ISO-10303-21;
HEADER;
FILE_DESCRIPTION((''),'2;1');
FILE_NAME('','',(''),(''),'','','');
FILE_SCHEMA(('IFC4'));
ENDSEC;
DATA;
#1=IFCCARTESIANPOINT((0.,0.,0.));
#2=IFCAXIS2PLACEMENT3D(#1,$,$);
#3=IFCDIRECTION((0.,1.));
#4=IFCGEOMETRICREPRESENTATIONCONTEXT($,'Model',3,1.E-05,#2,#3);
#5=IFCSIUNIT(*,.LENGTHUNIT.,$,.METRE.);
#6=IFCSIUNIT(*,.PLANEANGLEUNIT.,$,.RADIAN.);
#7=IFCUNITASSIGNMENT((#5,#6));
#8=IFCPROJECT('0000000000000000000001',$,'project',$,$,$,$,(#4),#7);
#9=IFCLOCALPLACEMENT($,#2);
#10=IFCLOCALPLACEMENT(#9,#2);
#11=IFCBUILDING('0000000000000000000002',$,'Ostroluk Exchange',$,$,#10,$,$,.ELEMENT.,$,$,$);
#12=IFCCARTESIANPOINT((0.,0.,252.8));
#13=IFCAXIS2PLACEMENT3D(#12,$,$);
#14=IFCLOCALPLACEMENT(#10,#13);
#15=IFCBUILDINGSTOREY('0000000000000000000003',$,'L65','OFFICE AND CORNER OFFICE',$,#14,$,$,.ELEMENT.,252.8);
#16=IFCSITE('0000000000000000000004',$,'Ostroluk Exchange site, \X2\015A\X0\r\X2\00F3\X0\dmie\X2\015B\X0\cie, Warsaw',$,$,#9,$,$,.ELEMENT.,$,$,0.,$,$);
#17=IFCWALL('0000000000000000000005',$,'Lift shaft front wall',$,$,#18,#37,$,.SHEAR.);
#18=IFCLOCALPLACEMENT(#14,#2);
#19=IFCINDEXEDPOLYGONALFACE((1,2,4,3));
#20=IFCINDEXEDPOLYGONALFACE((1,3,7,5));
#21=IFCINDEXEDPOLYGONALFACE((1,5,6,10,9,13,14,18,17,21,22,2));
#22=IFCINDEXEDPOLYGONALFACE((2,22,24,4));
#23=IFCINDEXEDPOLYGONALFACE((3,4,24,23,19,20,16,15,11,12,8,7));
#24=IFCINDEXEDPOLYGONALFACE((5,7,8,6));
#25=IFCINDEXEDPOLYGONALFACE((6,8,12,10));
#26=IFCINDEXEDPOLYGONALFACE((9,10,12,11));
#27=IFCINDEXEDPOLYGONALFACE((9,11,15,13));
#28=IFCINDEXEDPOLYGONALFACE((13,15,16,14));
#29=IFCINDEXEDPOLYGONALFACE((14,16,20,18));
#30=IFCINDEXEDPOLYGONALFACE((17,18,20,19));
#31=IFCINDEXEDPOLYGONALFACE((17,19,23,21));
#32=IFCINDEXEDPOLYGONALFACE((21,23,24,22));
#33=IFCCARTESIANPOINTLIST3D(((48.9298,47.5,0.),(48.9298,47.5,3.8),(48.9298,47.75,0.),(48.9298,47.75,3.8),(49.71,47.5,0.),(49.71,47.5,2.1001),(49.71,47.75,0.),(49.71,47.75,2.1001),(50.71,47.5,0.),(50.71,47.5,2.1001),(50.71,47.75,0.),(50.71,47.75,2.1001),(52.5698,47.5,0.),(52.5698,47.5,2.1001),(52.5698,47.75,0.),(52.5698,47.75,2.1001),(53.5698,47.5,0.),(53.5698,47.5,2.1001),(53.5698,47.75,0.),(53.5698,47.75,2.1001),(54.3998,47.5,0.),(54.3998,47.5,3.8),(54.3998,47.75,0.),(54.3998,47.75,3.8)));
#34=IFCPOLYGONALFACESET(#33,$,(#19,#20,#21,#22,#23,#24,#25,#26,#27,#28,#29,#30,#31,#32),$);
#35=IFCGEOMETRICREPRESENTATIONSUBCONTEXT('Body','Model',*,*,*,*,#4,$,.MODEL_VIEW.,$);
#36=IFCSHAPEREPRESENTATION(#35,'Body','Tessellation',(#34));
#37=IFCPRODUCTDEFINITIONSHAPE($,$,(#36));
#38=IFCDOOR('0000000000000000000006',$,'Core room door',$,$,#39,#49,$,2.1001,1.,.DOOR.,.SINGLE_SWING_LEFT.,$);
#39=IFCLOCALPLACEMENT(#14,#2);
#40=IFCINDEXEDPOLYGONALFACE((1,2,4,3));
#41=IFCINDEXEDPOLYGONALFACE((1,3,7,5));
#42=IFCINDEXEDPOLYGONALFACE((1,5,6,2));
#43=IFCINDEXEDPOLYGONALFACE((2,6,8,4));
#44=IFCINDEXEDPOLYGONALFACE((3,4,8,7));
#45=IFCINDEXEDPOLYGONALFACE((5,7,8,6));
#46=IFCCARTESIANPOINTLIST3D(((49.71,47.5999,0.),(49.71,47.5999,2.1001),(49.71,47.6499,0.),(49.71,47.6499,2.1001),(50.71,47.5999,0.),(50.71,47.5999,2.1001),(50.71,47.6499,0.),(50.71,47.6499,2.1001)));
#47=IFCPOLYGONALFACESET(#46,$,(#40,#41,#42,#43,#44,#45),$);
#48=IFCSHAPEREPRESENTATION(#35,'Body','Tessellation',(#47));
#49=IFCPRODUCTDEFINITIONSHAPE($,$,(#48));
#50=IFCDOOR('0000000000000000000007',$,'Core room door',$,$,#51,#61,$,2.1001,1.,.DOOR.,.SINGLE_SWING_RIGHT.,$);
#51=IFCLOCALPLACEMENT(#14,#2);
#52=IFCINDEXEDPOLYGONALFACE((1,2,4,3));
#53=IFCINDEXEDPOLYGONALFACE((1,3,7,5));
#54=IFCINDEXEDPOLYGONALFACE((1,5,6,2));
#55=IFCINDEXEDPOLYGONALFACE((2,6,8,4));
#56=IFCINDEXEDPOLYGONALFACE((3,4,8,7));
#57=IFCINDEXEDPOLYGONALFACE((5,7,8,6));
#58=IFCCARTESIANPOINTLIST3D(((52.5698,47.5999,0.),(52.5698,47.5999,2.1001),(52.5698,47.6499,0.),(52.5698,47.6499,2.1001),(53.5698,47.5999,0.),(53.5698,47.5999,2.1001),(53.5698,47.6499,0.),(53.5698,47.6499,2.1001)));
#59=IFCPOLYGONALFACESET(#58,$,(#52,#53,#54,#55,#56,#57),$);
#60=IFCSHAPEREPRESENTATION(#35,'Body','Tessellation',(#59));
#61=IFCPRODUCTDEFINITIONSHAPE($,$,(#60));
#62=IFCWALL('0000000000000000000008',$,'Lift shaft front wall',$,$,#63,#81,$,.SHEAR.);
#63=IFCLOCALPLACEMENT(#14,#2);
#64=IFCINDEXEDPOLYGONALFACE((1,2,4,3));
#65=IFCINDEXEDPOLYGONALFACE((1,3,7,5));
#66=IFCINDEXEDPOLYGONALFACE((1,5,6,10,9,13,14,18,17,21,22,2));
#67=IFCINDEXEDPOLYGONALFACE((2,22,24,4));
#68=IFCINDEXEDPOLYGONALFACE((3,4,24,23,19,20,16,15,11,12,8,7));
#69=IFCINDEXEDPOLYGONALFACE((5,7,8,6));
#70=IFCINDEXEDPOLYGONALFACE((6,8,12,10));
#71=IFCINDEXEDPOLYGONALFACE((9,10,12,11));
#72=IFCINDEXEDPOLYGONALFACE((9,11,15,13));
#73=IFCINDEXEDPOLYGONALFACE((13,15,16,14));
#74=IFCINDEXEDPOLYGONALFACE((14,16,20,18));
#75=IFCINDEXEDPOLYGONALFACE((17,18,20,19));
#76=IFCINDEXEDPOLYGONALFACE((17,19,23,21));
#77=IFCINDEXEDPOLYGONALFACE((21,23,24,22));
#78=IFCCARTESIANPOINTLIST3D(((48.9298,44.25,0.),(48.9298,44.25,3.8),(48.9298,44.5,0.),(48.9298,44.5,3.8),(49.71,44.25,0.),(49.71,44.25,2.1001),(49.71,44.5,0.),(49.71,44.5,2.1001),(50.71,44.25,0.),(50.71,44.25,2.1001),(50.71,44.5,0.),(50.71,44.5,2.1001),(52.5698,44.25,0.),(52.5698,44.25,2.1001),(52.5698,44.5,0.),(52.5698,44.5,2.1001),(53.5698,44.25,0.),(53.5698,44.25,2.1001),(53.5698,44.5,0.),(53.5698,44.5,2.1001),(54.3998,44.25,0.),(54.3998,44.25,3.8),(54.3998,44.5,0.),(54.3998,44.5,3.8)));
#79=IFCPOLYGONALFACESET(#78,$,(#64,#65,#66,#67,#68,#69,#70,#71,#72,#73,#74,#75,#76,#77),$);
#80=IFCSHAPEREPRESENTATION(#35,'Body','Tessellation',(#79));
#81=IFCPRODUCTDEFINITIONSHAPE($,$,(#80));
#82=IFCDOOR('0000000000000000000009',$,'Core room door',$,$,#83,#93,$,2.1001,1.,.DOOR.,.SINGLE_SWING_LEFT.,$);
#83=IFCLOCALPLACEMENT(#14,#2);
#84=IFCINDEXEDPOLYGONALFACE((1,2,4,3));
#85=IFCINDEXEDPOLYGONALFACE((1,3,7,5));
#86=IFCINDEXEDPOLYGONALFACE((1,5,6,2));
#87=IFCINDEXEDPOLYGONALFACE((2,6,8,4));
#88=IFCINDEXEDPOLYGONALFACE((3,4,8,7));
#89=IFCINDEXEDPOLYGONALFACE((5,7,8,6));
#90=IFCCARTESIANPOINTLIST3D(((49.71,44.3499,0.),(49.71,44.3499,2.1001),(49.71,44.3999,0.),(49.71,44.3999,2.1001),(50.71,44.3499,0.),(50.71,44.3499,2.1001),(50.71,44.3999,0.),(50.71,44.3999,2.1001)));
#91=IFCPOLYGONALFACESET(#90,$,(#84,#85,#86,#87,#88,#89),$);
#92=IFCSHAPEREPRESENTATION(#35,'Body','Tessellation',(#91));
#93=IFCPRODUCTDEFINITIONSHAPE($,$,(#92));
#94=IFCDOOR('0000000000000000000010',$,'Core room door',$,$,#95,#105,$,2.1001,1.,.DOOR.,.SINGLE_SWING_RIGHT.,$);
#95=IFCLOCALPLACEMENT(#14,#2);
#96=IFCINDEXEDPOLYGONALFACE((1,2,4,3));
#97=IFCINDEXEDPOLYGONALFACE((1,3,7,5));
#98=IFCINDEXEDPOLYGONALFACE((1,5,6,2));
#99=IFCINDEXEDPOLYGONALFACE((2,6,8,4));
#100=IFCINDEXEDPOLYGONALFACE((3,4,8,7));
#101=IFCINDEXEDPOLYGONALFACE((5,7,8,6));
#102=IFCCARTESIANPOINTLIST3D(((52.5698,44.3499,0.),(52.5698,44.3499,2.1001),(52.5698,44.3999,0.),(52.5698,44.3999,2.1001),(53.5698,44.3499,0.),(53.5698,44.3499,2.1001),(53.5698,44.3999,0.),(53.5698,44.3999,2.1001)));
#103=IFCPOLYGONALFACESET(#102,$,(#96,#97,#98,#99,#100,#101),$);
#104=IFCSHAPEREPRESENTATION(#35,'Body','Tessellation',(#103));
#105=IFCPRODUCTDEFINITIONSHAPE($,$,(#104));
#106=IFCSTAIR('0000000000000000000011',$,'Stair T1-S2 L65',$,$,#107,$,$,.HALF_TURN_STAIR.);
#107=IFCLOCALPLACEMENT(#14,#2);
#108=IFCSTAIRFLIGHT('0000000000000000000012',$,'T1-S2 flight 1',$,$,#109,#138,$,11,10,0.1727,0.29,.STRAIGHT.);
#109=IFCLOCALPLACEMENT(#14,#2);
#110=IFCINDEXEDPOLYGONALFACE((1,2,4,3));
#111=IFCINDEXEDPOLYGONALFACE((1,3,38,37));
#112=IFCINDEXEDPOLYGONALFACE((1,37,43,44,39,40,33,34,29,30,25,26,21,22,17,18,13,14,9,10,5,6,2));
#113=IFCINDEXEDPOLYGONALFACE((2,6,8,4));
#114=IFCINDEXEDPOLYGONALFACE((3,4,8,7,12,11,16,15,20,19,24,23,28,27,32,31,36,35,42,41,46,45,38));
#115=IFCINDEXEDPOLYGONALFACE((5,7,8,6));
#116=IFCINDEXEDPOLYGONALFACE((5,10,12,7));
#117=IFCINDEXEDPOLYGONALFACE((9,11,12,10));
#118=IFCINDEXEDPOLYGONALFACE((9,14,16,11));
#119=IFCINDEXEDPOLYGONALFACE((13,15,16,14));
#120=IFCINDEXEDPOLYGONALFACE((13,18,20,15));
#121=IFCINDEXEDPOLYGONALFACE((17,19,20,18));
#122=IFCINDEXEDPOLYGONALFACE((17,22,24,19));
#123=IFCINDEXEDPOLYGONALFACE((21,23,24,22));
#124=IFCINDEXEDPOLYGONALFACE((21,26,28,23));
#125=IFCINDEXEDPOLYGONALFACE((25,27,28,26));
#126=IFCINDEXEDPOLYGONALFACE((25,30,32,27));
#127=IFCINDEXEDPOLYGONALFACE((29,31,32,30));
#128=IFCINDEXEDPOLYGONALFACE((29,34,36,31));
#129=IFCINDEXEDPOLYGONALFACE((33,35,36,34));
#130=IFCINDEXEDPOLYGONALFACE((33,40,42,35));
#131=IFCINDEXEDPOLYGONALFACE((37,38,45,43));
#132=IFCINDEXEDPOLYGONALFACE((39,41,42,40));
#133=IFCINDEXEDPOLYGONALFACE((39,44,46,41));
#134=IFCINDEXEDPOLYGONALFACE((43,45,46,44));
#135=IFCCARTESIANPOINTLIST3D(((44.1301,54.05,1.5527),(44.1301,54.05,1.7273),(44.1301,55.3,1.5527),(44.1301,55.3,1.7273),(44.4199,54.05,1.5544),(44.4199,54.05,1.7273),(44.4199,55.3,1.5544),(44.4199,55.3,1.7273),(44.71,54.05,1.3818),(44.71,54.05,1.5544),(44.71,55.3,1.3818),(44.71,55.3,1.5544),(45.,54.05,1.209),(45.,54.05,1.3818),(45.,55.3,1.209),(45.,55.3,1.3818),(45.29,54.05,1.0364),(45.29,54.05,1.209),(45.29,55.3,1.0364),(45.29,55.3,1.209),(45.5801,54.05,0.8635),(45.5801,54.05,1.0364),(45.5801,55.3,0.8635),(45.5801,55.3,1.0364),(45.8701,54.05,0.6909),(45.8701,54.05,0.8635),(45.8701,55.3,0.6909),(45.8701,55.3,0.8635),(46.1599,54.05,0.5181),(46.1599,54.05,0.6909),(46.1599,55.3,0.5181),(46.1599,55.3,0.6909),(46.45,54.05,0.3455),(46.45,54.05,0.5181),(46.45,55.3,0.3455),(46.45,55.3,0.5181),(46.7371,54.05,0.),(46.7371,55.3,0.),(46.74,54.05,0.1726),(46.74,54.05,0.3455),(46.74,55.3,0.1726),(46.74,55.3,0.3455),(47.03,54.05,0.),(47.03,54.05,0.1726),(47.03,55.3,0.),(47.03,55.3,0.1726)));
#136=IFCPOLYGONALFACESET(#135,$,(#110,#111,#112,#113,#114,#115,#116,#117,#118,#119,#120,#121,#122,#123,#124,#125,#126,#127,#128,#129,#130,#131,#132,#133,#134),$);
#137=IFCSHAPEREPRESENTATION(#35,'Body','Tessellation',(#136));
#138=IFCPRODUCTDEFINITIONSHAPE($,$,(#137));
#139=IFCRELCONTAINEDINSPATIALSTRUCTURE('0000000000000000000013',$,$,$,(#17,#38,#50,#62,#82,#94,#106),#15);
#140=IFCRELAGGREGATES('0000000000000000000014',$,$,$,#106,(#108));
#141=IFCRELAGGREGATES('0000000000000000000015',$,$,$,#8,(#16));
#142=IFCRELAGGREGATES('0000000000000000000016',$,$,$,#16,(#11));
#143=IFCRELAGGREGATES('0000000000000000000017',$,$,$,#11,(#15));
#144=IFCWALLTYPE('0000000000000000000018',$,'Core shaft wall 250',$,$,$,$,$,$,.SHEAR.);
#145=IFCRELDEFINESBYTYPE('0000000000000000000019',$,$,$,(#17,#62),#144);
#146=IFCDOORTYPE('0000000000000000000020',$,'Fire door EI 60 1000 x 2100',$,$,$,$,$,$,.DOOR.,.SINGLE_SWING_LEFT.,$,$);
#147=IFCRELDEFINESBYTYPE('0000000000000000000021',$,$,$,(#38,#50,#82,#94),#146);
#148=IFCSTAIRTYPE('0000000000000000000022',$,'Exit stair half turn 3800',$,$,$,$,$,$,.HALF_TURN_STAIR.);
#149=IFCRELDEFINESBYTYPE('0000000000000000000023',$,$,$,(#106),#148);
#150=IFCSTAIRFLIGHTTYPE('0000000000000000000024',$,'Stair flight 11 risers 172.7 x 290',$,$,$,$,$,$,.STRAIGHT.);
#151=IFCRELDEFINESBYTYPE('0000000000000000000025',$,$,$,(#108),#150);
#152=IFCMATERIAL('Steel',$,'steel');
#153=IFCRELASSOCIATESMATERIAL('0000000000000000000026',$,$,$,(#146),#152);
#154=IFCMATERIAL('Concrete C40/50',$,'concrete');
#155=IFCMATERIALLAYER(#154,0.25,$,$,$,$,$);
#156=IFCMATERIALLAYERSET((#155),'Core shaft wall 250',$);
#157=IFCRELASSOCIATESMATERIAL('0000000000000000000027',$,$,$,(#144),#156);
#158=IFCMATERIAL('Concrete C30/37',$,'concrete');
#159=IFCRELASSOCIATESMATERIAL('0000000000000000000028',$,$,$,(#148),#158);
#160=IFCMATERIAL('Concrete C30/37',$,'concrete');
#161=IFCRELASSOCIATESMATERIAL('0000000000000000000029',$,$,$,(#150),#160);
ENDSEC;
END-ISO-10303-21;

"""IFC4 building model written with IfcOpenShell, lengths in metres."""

from ifc_helpers import new_model, si_unit, direction, frame, frame_2d, origin, place, context, subcontext, project, spatial, polyline, rectangle, outline, extrude, material, layer, layer_set, type_object, element, fill, aggregate, save


model = new_model("IFC4")

# Units and contexts
model_context = context("Model", 3, precision=1e-05, world=origin(), true_north=direction((0.0, 1.0)))
body_context = subcontext(model_context, "Body", "Model", "MODEL_VIEW")
ifc_project = project(units=[si_unit("LENGTHUNIT", "METRE"), si_unit("PLANEANGLEUNIT", "RADIAN")], contexts=[model_context])

# Site, building, storey
site_placement = place(None, origin())
site = spatial("IfcSite", under=ifc_project, at=site_placement, Name="Ostroluk Exchange site, Śródmieście, Warsaw", CompositionType="ELEMENT", RefElevation=0.0)
building_placement = place(site_placement, origin())
building = spatial("IfcBuilding", under=site, at=building_placement, Name="Ostroluk Exchange", CompositionType="ELEMENT")
storey_placement = place(building_placement, frame((0.0, 0.0, 252.8)))
storey = spatial("IfcBuildingStorey", under=building, at=storey_placement, Name="L65", Description="OFFICE AND CORNER OFFICE", CompositionType="ELEMENT", Elevation=252.8)

# Shared definitions
ifc_material_1 = material(Name="Steel", Category="steel")
door_type_1 = type_object("IfcDoorType", Name="Fire door EI 60 1000 x 2100", OperationType="SINGLE_SWING_LEFT", PredefinedType="DOOR", material=ifc_material_1)
ifc_material_2 = material(Name="Concrete C40/50", Category="concrete")
ifc_layer_1 = layer(ifc_material_2, 0.25)
ifc_layer_set_1 = layer_set([ifc_layer_1], Name="Core shaft wall 250")
wall_type_1 = type_object("IfcWallType", Name="Core shaft wall 250", PredefinedType="SHEAR", material=ifc_layer_set_1)

# Walls, openings, doors
wall_1_placement = place(storey_placement, frame((48.9299, 47.625, 0.0), z_axis=(0.0, 0.0, 1.0), x_axis=(1.0, 0.0, 0.0)))
wall_1 = element("IfcWall", 1, at=wall_1_placement, inside=storey, type_object=wall_type_1, Name="Lift shaft front wall", PredefinedType="SHEAR", context=body_context, shape_type="SweptSolid", body=[
    extrude(rectangle(XDim=5.47, YDim=0.25, at=frame_2d((2.7349, 0.0))), origin(), (0.0, 0.0, 1.0), 3.8),
])
opening_1_placement = place(wall_1_placement, frame((0.78, 0.0, 0.0)))
opening_1 = element("IfcOpeningElement", 2, at=opening_1_placement, cuts=wall_1, PredefinedType="OPENING", context=body_context, shape_type="SweptSolid", body=[
    extrude(rectangle(XDim=1.0, YDim=2.1001, at=frame_2d((0.5, 1.05))), frame((0.0, 0.135, 0.0), z_axis=(0.0, -1.0, 0.0), x_axis=(1.0, 0.0, 0.0)), (0.0, 0.0, 1.0), 0.27),
])
opening_2_placement = place(wall_1_placement, frame((3.6399, 0.0, 0.0)))
opening_2 = element("IfcOpeningElement", 3, at=opening_2_placement, cuts=wall_1, PredefinedType="OPENING", context=body_context, shape_type="SweptSolid", body=[
    extrude(rectangle(XDim=1.0, YDim=2.1001, at=frame_2d((0.5, 1.05))), frame((0.0, 0.135, 0.0), z_axis=(0.0, -1.0, 0.0), x_axis=(1.0, 0.0, 0.0)), (0.0, 0.0, 1.0), 0.27),
])
door_1_placement = place(opening_1_placement, origin())
door_1 = element("IfcDoor", 4, at=door_1_placement, inside=storey, type_object=door_type_1, Name="Core room door", OperationType="SINGLE_SWING_LEFT", OverallHeight=2.1001, OverallWidth=1.0, PredefinedType="DOOR", context=body_context, shape_type="SweptSolid", body=[
    extrude(rectangle(XDim=1.0, YDim=2.1001, at=frame_2d((0.5, 1.05))), frame((0.0, 0.0249, 0.0), z_axis=(0.0, -1.0, 0.0), x_axis=(1.0, 0.0, 0.0)), (0.0, 0.0, 1.0), 0.05),
])
fill(opening_1, door_1)
door_2_placement = place(opening_2_placement, origin())
door_2 = element("IfcDoor", 5, at=door_2_placement, inside=storey, type_object=door_type_1, Name="Core room door", OperationType="SINGLE_SWING_RIGHT", OverallHeight=2.1001, OverallWidth=1.0, PredefinedType="DOOR", context=body_context, shape_type="SweptSolid", body=[
    extrude(rectangle(XDim=1.0, YDim=2.1001, at=frame_2d((0.5, 1.05))), frame((0.0, 0.0249, 0.0), z_axis=(0.0, -1.0, 0.0), x_axis=(1.0, 0.0, 0.0)), (0.0, 0.0, 1.0), 0.05),
])
fill(opening_2, door_2)
wall_2_placement = place(storey_placement, frame((48.9299, 44.375, 0.0), z_axis=(0.0, 0.0, 1.0), x_axis=(1.0, 0.0, 0.0)))
wall_2 = element("IfcWall", 6, at=wall_2_placement, inside=storey, type_object=wall_type_1, Name="Lift shaft front wall", PredefinedType="SHEAR", context=body_context, shape_type="SweptSolid", body=[
    extrude(rectangle(XDim=5.47, YDim=0.25, at=frame_2d((2.7349, 0.0))), origin(), (0.0, 0.0, 1.0), 3.8),
])
opening_3_placement = place(wall_2_placement, frame((0.78, 0.0, 0.0)))
opening_3 = element("IfcOpeningElement", 7, at=opening_3_placement, cuts=wall_2, PredefinedType="OPENING", context=body_context, shape_type="SweptSolid", body=[
    extrude(rectangle(XDim=1.0, YDim=2.1001, at=frame_2d((0.5, 1.05))), frame((0.0, 0.135, 0.0), z_axis=(0.0, -1.0, 0.0), x_axis=(1.0, 0.0, 0.0)), (0.0, 0.0, 1.0), 0.27),
])
opening_4_placement = place(wall_2_placement, frame((3.6399, 0.0, 0.0)))
opening_4 = element("IfcOpeningElement", 8, at=opening_4_placement, cuts=wall_2, PredefinedType="OPENING", context=body_context, shape_type="SweptSolid", body=[
    extrude(rectangle(XDim=1.0, YDim=2.1001, at=frame_2d((0.5, 1.05))), frame((0.0, 0.135, 0.0), z_axis=(0.0, -1.0, 0.0), x_axis=(1.0, 0.0, 0.0)), (0.0, 0.0, 1.0), 0.27),
])
door_3_placement = place(opening_3_placement, origin())
door_3 = element("IfcDoor", 9, at=door_3_placement, inside=storey, type_object=door_type_1, Name="Core room door", OperationType="SINGLE_SWING_LEFT", OverallHeight=2.1001, OverallWidth=1.0, PredefinedType="DOOR", context=body_context, shape_type="SweptSolid", body=[
    extrude(rectangle(XDim=1.0, YDim=2.1001, at=frame_2d((0.5, 1.05))), frame((0.0, 0.0249, 0.0), z_axis=(0.0, -1.0, 0.0), x_axis=(1.0, 0.0, 0.0)), (0.0, 0.0, 1.0), 0.05),
])
fill(opening_3, door_3)
door_4_placement = place(opening_4_placement, origin())
door_4 = element("IfcDoor", 10, at=door_4_placement, inside=storey, type_object=door_type_1, Name="Core room door", OperationType="SINGLE_SWING_RIGHT", OverallHeight=2.1001, OverallWidth=1.0, PredefinedType="DOOR", context=body_context, shape_type="SweptSolid", body=[
    extrude(rectangle(XDim=1.0, YDim=2.1001, at=frame_2d((0.5, 1.05))), frame((0.0, 0.0249, 0.0), z_axis=(0.0, -1.0, 0.0), x_axis=(1.0, 0.0, 0.0)), (0.0, 0.0, 1.0), 0.05),
])
fill(opening_4, door_4)

# Stair, stair flight
ifc_material_3 = material(Name="Concrete C30/37", Category="concrete")
stair_type = type_object("IfcStairType", Name="Exit stair half turn 3800", PredefinedType="HALF_TURN_STAIR", material=ifc_material_3)
stair_placement = place(storey_placement, origin())
stair = element("IfcStair", 11, at=stair_placement, inside=storey, type_object=stair_type, Name="Stair T1-S2 L65", PredefinedType="HALF_TURN_STAIR")
ifc_material_4 = material(Name="Concrete C30/37", Category="concrete")
stair_flight_type = type_object("IfcStairFlightType", Name="Stair flight 11 risers 172.7 x 290", PredefinedType="STRAIGHT", material=ifc_material_4)
stair_flight_placement = place(storey_placement, frame((47.03, 54.675, 0.0), z_axis=(0.0, 0.0, 1.0), x_axis=(-1.0, 0.0, 0.0)))
stair_flight = element("IfcStairFlight", 12, at=stair_flight_placement, type_object=stair_flight_type, Name="T1-S2 flight 1", NumberOfRisers=11, NumberOfTreads=10, PredefinedType="STRAIGHT", RiserHeight=0.1727, TreadLength=0.29, context=body_context, shape_type="SweptSolid", body=[
    extrude(outline(polyline([(0.0, 0.0), (0.0, 0.1726), (0.29, 0.1726), (0.29, 0.3455), (0.5801, 0.3455), (0.5801, 0.5181), (0.8701, 0.5181), (0.8701, 0.6909), (1.1599, 0.6909), (1.1599, 0.8635), (1.45, 0.8635), (1.45, 1.0364), (1.74, 1.0364), (1.74, 1.209), (2.03, 1.209), (2.03, 1.3818), (2.3201, 1.3818), (2.3201, 1.5544), (2.6101, 1.5544), (2.6101, 1.7273), (2.8999, 1.7273), (2.8999, 1.8999), (2.8999, 1.5527), (0.293, 0.0), (0.0, 0.0)])), frame((0.0, 0.625, 0.0), z_axis=(0.0, -1.0, 0.0), x_axis=(1.0, 0.0, 0.0)), (0.0, 0.0, 1.0), 1.25),
])
aggregate(stair, [stair_flight])

save(model, "model.ifc")
